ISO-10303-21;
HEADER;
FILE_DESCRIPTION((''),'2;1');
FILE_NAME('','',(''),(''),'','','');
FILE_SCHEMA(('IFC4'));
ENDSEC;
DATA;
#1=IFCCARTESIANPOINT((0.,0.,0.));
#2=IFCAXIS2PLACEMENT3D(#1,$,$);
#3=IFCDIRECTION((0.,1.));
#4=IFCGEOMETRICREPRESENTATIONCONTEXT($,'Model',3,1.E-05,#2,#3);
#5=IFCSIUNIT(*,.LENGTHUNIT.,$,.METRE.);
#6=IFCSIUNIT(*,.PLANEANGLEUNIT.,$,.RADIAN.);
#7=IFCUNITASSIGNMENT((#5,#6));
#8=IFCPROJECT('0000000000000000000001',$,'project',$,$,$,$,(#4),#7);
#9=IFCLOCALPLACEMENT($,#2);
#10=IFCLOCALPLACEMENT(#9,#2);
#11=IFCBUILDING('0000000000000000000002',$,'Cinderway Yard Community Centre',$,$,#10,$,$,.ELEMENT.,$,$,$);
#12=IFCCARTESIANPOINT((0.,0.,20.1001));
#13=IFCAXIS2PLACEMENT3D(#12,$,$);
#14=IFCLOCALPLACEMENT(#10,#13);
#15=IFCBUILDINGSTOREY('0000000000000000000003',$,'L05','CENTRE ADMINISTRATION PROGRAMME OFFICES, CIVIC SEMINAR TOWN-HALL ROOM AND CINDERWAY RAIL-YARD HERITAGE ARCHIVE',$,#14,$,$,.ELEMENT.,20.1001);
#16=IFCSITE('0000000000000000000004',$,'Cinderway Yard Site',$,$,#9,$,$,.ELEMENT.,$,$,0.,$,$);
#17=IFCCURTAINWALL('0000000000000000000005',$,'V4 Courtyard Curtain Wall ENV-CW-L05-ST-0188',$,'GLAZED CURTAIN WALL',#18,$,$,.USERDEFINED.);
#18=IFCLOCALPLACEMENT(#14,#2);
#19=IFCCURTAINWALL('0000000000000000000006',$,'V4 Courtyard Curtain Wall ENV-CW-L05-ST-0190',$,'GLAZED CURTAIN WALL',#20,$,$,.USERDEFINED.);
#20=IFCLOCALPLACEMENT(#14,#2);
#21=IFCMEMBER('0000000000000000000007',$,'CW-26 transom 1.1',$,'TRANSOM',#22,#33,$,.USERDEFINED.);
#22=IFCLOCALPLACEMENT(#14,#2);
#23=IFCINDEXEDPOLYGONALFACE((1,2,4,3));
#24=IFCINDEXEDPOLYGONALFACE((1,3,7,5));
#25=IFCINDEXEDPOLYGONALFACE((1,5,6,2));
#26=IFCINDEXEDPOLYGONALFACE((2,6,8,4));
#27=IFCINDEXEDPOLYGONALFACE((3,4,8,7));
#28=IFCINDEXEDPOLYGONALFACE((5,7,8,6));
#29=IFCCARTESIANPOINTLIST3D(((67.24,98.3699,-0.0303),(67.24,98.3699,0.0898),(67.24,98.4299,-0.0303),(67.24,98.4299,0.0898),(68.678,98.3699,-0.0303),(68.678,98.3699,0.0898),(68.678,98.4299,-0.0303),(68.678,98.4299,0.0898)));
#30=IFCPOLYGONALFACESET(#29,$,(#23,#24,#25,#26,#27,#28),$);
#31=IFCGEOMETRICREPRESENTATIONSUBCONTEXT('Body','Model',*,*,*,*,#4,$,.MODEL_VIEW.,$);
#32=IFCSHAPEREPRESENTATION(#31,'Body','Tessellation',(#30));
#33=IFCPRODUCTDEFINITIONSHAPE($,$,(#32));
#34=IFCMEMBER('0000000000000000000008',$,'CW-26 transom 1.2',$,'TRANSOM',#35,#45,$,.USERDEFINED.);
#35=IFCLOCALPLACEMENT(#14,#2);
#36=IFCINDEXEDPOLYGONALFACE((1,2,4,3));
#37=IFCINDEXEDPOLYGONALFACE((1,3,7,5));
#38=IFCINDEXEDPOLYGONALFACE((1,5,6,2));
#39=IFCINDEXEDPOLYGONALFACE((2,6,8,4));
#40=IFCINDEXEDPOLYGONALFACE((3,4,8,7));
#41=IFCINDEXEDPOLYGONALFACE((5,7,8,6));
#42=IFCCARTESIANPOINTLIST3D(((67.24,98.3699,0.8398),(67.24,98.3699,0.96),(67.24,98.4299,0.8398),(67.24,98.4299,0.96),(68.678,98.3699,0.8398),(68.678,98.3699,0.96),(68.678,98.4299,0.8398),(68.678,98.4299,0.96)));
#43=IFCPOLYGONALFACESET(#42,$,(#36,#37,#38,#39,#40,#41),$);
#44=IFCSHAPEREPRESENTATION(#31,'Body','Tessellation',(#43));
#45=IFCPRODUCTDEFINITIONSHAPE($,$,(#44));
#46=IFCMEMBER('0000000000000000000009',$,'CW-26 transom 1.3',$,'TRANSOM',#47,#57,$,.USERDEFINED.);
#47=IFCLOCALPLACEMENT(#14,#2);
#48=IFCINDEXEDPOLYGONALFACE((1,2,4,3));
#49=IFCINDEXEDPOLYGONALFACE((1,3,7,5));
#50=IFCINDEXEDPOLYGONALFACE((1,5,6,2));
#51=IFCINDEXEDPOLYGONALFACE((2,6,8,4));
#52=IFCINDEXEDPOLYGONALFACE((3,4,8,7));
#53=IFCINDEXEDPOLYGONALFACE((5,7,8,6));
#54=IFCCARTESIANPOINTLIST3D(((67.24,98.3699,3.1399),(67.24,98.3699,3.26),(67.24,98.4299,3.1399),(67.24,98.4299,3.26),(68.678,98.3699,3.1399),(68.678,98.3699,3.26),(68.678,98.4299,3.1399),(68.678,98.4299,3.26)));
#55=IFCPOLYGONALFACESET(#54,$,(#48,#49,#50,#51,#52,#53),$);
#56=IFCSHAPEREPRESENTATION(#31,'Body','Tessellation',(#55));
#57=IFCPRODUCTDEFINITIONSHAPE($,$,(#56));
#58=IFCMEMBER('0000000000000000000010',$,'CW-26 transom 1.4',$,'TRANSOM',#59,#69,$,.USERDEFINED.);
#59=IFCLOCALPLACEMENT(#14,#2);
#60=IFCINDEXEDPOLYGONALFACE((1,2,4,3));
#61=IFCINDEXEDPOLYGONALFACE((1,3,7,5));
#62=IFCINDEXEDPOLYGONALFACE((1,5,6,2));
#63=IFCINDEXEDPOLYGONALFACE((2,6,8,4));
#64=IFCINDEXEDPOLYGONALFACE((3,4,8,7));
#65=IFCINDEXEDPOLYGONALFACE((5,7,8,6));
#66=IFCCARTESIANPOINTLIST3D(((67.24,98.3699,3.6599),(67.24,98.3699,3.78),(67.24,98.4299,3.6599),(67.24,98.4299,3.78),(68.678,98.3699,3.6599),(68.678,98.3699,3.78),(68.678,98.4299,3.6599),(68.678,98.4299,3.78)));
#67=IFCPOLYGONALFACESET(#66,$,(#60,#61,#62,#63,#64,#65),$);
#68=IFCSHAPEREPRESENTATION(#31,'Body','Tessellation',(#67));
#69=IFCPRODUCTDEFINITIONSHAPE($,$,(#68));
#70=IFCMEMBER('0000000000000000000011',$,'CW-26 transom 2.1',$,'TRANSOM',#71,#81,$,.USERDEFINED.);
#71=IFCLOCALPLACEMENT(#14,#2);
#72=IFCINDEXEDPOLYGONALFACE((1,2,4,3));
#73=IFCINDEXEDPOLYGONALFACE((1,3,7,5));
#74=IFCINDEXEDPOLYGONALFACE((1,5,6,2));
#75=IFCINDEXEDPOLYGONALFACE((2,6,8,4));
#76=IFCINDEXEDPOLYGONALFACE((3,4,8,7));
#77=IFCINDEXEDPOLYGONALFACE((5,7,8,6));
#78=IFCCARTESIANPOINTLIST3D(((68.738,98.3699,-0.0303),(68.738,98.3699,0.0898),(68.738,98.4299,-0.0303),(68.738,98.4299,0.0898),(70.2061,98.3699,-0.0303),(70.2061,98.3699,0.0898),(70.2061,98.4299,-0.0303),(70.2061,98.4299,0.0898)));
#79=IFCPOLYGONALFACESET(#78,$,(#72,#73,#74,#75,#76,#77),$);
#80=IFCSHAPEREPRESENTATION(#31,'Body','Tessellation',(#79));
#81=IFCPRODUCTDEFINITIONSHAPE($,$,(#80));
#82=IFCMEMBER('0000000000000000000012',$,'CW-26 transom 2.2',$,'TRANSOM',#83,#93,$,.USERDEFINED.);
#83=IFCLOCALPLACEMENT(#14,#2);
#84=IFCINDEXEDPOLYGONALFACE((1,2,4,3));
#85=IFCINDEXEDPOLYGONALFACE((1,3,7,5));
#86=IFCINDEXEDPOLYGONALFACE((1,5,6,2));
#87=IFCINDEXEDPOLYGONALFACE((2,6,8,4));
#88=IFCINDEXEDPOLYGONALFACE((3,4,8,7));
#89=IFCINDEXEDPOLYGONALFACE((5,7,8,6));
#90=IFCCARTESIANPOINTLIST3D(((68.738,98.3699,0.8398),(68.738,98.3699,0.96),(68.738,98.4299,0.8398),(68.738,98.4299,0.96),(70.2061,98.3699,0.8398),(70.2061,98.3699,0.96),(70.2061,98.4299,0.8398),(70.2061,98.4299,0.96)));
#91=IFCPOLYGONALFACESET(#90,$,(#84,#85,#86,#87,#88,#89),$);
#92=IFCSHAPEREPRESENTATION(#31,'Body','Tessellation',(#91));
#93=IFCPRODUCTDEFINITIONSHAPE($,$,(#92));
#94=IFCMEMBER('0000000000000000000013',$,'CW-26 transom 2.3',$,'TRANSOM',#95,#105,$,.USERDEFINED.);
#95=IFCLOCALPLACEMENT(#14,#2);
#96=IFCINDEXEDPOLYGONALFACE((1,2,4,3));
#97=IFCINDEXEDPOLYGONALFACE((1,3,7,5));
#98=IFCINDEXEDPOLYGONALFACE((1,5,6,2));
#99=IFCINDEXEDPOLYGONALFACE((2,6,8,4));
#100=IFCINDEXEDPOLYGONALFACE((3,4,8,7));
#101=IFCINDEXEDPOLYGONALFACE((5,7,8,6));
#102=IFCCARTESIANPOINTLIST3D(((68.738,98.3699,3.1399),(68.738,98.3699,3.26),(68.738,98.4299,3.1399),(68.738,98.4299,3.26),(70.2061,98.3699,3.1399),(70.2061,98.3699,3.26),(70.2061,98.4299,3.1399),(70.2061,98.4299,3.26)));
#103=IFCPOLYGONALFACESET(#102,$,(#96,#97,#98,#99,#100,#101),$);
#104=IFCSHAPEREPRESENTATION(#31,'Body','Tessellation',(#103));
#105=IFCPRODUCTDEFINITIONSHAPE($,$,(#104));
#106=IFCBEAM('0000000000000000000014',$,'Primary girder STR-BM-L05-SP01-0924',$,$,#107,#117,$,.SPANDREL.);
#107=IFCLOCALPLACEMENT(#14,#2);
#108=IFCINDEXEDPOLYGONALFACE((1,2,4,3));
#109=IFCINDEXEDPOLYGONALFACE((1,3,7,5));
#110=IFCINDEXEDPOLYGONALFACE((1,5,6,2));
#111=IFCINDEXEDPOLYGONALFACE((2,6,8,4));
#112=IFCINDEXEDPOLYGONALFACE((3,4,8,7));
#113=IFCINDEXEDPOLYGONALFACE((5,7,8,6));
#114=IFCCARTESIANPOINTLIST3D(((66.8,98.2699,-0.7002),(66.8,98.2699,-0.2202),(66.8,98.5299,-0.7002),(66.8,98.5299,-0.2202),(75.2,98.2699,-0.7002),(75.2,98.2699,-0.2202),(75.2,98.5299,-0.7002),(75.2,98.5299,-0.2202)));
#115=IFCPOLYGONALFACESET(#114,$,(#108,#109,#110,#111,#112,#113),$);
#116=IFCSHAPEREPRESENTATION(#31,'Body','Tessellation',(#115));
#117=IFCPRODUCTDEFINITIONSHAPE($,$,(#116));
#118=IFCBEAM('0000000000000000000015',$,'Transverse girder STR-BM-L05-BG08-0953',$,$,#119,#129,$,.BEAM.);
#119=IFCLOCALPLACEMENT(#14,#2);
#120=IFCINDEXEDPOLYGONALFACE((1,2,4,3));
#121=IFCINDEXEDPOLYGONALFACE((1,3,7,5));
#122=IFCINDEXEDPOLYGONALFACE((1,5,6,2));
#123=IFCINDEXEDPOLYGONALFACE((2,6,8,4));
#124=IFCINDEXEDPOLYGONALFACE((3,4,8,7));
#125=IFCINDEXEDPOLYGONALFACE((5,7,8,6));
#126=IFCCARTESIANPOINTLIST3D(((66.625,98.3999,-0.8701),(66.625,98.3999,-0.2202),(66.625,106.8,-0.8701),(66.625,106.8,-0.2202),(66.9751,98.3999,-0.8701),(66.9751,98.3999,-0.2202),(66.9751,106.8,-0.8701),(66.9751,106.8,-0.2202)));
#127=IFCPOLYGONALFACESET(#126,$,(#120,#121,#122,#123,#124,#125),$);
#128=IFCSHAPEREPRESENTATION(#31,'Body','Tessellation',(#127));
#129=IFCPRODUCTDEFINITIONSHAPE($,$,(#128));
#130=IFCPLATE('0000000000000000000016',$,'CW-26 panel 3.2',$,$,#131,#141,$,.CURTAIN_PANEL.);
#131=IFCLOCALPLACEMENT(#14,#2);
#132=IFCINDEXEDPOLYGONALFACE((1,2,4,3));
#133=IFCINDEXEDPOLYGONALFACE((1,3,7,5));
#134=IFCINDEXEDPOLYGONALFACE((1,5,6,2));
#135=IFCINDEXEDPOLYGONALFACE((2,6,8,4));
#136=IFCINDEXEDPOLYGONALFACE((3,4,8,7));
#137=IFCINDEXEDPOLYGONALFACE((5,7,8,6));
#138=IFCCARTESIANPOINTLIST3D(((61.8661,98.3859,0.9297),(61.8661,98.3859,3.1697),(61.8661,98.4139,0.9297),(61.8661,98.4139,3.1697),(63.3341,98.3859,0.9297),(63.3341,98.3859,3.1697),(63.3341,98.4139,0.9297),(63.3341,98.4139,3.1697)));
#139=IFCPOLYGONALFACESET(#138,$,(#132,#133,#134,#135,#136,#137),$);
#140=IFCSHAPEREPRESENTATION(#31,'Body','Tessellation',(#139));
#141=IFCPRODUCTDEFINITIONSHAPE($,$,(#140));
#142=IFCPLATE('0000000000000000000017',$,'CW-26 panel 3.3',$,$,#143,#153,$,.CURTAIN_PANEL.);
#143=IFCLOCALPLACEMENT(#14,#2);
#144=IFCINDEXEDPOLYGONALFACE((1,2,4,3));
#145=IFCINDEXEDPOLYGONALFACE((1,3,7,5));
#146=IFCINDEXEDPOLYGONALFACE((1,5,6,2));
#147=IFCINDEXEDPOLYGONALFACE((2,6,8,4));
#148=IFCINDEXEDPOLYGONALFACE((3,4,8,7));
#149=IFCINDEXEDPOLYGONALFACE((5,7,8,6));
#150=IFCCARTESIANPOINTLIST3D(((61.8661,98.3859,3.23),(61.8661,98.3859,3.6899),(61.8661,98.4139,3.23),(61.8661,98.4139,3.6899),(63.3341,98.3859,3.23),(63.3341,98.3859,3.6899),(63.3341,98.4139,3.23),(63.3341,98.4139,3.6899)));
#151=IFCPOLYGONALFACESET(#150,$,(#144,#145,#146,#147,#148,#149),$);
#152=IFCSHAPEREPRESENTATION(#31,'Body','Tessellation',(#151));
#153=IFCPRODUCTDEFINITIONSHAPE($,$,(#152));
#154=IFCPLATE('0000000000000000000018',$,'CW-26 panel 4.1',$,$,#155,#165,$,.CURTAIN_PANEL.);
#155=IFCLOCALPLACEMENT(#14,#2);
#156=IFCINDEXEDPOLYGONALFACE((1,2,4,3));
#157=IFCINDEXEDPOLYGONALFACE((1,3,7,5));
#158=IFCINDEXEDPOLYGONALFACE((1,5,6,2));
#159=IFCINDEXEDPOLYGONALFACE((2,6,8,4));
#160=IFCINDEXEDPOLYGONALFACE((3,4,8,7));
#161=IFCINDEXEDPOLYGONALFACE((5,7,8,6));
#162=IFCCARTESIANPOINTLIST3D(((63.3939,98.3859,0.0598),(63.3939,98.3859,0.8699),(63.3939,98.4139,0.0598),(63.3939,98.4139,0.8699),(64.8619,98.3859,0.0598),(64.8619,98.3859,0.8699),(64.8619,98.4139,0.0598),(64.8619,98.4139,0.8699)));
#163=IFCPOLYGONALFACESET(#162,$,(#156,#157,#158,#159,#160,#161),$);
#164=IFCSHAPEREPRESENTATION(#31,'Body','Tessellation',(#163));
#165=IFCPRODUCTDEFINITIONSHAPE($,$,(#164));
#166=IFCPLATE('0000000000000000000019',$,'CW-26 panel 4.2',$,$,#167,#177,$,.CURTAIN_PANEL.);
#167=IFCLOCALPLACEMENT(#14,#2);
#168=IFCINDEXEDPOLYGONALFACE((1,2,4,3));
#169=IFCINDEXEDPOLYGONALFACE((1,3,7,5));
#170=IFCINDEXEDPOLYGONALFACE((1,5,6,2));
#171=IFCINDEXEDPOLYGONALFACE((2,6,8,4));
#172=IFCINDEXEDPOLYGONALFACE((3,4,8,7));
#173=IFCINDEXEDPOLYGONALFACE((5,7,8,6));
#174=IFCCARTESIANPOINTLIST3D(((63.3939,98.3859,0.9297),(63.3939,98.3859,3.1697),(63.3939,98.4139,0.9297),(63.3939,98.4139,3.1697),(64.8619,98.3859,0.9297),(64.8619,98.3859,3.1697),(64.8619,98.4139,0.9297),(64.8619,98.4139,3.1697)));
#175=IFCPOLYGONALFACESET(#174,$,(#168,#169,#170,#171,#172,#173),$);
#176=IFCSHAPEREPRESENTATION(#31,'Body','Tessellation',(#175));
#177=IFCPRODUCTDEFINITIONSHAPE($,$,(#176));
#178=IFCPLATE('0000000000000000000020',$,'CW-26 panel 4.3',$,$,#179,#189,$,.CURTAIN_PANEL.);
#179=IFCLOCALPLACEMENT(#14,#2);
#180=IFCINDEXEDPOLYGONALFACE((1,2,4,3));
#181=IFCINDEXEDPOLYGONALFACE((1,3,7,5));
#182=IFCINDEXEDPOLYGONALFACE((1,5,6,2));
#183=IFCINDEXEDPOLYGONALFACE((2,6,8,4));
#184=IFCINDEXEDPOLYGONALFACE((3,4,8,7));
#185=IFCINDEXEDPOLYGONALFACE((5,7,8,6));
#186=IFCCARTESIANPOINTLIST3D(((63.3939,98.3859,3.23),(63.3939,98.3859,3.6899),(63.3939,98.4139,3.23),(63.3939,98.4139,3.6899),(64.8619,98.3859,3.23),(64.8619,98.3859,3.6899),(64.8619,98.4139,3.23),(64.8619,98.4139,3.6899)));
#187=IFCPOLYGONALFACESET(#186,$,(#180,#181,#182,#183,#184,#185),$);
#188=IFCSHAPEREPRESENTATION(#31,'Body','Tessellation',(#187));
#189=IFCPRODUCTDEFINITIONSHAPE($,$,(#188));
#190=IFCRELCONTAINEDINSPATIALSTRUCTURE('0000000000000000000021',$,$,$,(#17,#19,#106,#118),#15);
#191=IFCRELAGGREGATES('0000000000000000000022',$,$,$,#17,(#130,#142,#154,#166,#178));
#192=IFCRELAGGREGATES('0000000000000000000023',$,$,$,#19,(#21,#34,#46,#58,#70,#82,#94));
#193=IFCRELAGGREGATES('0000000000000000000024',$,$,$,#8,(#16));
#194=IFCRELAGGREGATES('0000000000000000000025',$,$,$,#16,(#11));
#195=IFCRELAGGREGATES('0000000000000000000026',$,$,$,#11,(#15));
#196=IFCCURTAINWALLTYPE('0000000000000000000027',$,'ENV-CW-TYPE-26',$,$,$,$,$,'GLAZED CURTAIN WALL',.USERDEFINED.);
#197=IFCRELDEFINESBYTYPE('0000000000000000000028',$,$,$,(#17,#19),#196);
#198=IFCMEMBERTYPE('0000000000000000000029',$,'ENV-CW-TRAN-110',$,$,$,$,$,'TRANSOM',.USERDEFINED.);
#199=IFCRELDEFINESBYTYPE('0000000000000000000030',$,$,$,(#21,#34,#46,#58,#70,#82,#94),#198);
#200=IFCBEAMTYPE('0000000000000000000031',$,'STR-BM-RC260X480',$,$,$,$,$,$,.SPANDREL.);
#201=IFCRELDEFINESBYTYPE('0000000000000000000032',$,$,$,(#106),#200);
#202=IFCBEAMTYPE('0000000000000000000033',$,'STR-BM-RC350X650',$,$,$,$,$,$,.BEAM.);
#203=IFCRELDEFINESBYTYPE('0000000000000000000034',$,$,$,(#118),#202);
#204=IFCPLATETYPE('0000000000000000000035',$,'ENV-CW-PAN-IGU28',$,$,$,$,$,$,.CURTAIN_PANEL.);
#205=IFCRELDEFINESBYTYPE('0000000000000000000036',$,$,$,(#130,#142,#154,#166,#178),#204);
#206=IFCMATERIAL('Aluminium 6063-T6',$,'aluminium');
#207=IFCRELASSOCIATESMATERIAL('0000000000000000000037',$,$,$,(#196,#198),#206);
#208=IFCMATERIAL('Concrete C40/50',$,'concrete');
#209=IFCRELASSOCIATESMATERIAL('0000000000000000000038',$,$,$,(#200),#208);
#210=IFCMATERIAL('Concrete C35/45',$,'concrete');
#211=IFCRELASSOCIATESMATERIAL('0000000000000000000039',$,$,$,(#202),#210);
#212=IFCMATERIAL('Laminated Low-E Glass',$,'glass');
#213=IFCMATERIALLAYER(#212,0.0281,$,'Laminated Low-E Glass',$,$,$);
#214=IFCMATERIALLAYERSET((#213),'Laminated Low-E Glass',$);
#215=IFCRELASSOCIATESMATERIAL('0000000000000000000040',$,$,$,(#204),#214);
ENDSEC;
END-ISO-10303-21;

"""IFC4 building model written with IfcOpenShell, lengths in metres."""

from ifc_helpers import new_model, si_unit, direction, frame, origin, origin_2d, place, context, subcontext, project, spatial, rectangle, extrude, material, layer, layer_set, material_profile, profile_set, type_object, element, aggregate, save


model = new_model("IFC4")

# Units and contexts
model_context = context("Model", 3, precision=1e-05, world=origin(), true_north=direction((0.0, 1.0)))
body_context = subcontext(model_context, "Body", "Model", "MODEL_VIEW")
ifc_project = project(units=[si_unit("LENGTHUNIT", "METRE"), si_unit("PLANEANGLEUNIT", "RADIAN")], contexts=[model_context])

# Site, building, storey
site_placement = place(None, origin())
site = spatial("IfcSite", under=ifc_project, at=site_placement, Name="Cinderway Yard Site", CompositionType="ELEMENT", RefElevation=0.0)
building_placement = place(site_placement, origin())
building = spatial("IfcBuilding", under=site, at=building_placement, Name="Cinderway Yard Community Centre", CompositionType="ELEMENT")
storey_placement = place(building_placement, frame((0.0, 0.0, 20.1001)))
storey = spatial("IfcBuildingStorey", under=building, at=storey_placement, Name="L05", Description="CENTRE ADMINISTRATION PROGRAMME OFFICES, CIVIC SEMINAR TOWN-HALL ROOM AND CINDERWAY RAIL-YARD HERITAGE ARCHIVE", CompositionType="ELEMENT", Elevation=20.1001)

# Shared definitions
ifc_material_1 = material(Name="Concrete C40/50", Category="concrete")

# Curtain walls
ifc_material_2 = material(Name="Aluminium 6063-T6", Category="aluminium")
curtain_wall_type = type_object("IfcCurtainWallType", Name="ENV-CW-TYPE-26", ElementType="GLAZED CURTAIN WALL", PredefinedType="USERDEFINED", material=ifc_material_2)
curtain_wall_1_placement = place(storey_placement, origin())
curtain_wall_1 = element("IfcCurtainWall", 1, at=curtain_wall_1_placement, inside=storey, type_object=curtain_wall_type, Name="V4 Courtyard Curtain Wall ENV-CW-L05-ST-0188", ObjectType="GLAZED CURTAIN WALL", PredefinedType="USERDEFINED")
curtain_wall_2_placement = place(storey_placement, origin())
curtain_wall_2 = element("IfcCurtainWall", 2, at=curtain_wall_2_placement, inside=storey, type_object=curtain_wall_type, Name="V4 Courtyard Curtain Wall ENV-CW-L05-ST-0190", ObjectType="GLAZED CURTAIN WALL", PredefinedType="USERDEFINED")

# Members
ifc_material_profile_1 = material_profile(ifc_material_2, rectangle(XDim=0.0601, YDim=0.1201, at=origin_2d()), Name="Aluminium 6063-T6")
ifc_profile_set_1 = profile_set([ifc_material_profile_1], Name="Aluminium 6063-T6")
member_type_1 = type_object("IfcMemberType", Name="ENV-CW-TRAN-110", ElementType="TRANSOM", PredefinedType="USERDEFINED", material=ifc_profile_set_1)
member_1_placement = place(storey_placement, frame((67.24, 98.3999, 0.0298), z_axis=(1.0, 0.0, 0.0), x_axis=(0.0, 1.0, 0.0)))
member_1 = element("IfcMember", 3, at=member_1_placement, type_object=member_type_1, Name="CW-26 transom 1.1", ObjectType="TRANSOM", PredefinedType="USERDEFINED", context=body_context, shape_type="SweptSolid", body=[
    extrude(rectangle(XDim=0.0601, YDim=0.1201, at=origin_2d()), origin(), (0.0, 0.0, 1.0), 1.438),
])
member_2_placement = place(storey_placement, frame((67.24, 98.3999, 0.8999), z_axis=(1.0, 0.0, 0.0), x_axis=(0.0, 1.0, 0.0)))
member_2 = element("IfcMember", 4, at=member_2_placement, type_object=member_type_1, Name="CW-26 transom 1.2", ObjectType="TRANSOM", PredefinedType="USERDEFINED", context=body_context, shape_type="SweptSolid", body=[
    extrude(rectangle(XDim=0.0601, YDim=0.1201, at=origin_2d()), origin(), (0.0, 0.0, 1.0), 1.438),
])
member_3_placement = place(storey_placement, frame((67.24, 98.3999, 3.2), z_axis=(1.0, 0.0, 0.0), x_axis=(0.0, 1.0, 0.0)))
member_3 = element("IfcMember", 5, at=member_3_placement, type_object=member_type_1, Name="CW-26 transom 1.3", ObjectType="TRANSOM", PredefinedType="USERDEFINED", context=body_context, shape_type="SweptSolid", body=[
    extrude(rectangle(XDim=0.0601, YDim=0.1201, at=origin_2d()), origin(), (0.0, 0.0, 1.0), 1.438),
])
member_4_placement = place(storey_placement, frame((67.24, 98.3999, 3.72), z_axis=(1.0, 0.0, 0.0), x_axis=(0.0, 1.0, 0.0)))
member_4 = element("IfcMember", 6, at=member_4_placement, type_object=member_type_1, Name="CW-26 transom 1.4", ObjectType="TRANSOM", PredefinedType="USERDEFINED", context=body_context, shape_type="SweptSolid", body=[
    extrude(rectangle(XDim=0.0601, YDim=0.1201, at=origin_2d()), origin(), (0.0, 0.0, 1.0), 1.438),
])
member_5_placement = place(storey_placement, frame((68.738, 98.3999, 0.0298), z_axis=(1.0, 0.0, 0.0), x_axis=(0.0, 1.0, 0.0)))
member_5 = element("IfcMember", 7, at=member_5_placement, type_object=member_type_1, Name="CW-26 transom 2.1", ObjectType="TRANSOM", PredefinedType="USERDEFINED", context=body_context, shape_type="SweptSolid", body=[
    extrude(rectangle(XDim=0.0601, YDim=0.1201, at=origin_2d()), origin(), (0.0, 0.0, 1.0), 1.468),
])
member_6_placement = place(storey_placement, frame((68.738, 98.3999, 0.8999), z_axis=(1.0, 0.0, 0.0), x_axis=(0.0, 1.0, 0.0)))
member_6 = element("IfcMember", 8, at=member_6_placement, type_object=member_type_1, Name="CW-26 transom 2.2", ObjectType="TRANSOM", PredefinedType="USERDEFINED", context=body_context, shape_type="SweptSolid", body=[
    extrude(rectangle(XDim=0.0601, YDim=0.1201, at=origin_2d()), origin(), (0.0, 0.0, 1.0), 1.468),
])
member_7_placement = place(storey_placement, frame((68.738, 98.3999, 3.2), z_axis=(1.0, 0.0, 0.0), x_axis=(0.0, 1.0, 0.0)))
member_7 = element("IfcMember", 9, at=member_7_placement, type_object=member_type_1, Name="CW-26 transom 2.3", ObjectType="TRANSOM", PredefinedType="USERDEFINED", context=body_context, shape_type="SweptSolid", body=[
    extrude(rectangle(XDim=0.0601, YDim=0.1201, at=origin_2d()), origin(), (0.0, 0.0, 1.0), 1.468),
])

# Beams
ifc_material_profile_2 = material_profile(ifc_material_1, rectangle(XDim=0.26, YDim=0.48, at=origin_2d()), Name="Concrete C40/50")
ifc_profile_set_2 = profile_set([ifc_material_profile_2], Name="Concrete C40/50")
beam_type_1 = type_object("IfcBeamType", Name="STR-BM-RC260X480", PredefinedType="SPANDREL", material=ifc_profile_set_2)
beam_1_placement = place(storey_placement, frame((66.8, 98.3999, -0.4602), z_axis=(1.0, 0.0, 0.0), x_axis=(0.0, 1.0, 0.0)))
element("IfcBeam", 10, at=beam_1_placement, inside=storey, type_object=beam_type_1, Name="Primary girder STR-BM-L05-SP01-0924", PredefinedType="SPANDREL", context=body_context, shape_type="SweptSolid", body=[
    extrude(rectangle(XDim=0.26, YDim=0.48, at=origin_2d()), origin(), (0.0, 0.0, 1.0), 8.3999),
])
ifc_material_3 = material(Name="Concrete C35/45", Category="concrete")
ifc_material_profile_3 = material_profile(ifc_material_3, rectangle(XDim=0.3501, YDim=0.6499, at=origin_2d()), Name="Concrete C35/45")
ifc_profile_set_3 = profile_set([ifc_material_profile_3], Name="Concrete C35/45")
beam_type_2 = type_object("IfcBeamType", Name="STR-BM-RC350X650", PredefinedType="BEAM", material=ifc_profile_set_3)
beam_2_placement = place(storey_placement, frame((66.8, 98.3999, -0.5452), z_axis=(0.0, 1.0, 0.0), x_axis=(-1.0, 0.0, 0.0)))
element("IfcBeam", 11, at=beam_2_placement, inside=storey, type_object=beam_type_2, Name="Transverse girder STR-BM-L05-BG08-0953", PredefinedType="BEAM", context=body_context, shape_type="SweptSolid", body=[
    extrude(rectangle(XDim=0.3501, YDim=0.6499, at=origin_2d()), origin(), (0.0, 0.0, 1.0), 8.4001),
])

# Plates
ifc_material_4 = material(Name="Laminated Low-E Glass", Category="glass")
ifc_layer = layer(ifc_material_4, 0.0281, Name="Laminated Low-E Glass")
ifc_layer_set = layer_set([ifc_layer], Name="Laminated Low-E Glass")
plate_type = type_object("IfcPlateType", Name="ENV-CW-PAN-IGU28", PredefinedType="CURTAIN_PANEL", material=ifc_layer_set)
plate_1_placement = place(storey_placement, frame((62.6001, 98.3999, 0.9297), z_axis=(0.0, 0.0, 1.0), x_axis=(1.0, 0.0, 0.0)))
plate_1 = element("IfcPlate", 12, at=plate_1_placement, type_object=plate_type, Name="CW-26 panel 3.2", PredefinedType="CURTAIN_PANEL", context=body_context, shape_type="SweptSolid", body=[
    extrude(rectangle(XDim=1.468, YDim=0.0281, at=origin_2d()), origin(), (0.0, 0.0, 1.0), 2.24),
])
plate_2_placement = place(storey_placement, frame((62.6001, 98.3999, 3.23), z_axis=(0.0, 0.0, 1.0), x_axis=(1.0, 0.0, 0.0)))
plate_2 = element("IfcPlate", 13, at=plate_2_placement, type_object=plate_type, Name="CW-26 panel 3.3", PredefinedType="CURTAIN_PANEL", context=body_context, shape_type="SweptSolid", body=[
    extrude(rectangle(XDim=1.468, YDim=0.0281, at=origin_2d()), origin(), (0.0, 0.0, 1.0), 0.46),
])
plate_3_placement = place(storey_placement, frame((64.1279, 98.3999, 0.0598), z_axis=(0.0, 0.0, 1.0), x_axis=(1.0, 0.0, 0.0)))
plate_3 = element("IfcPlate", 14, at=plate_3_placement, type_object=plate_type, Name="CW-26 panel 4.1", PredefinedType="CURTAIN_PANEL", context=body_context, shape_type="SweptSolid", body=[
    extrude(rectangle(XDim=1.468, YDim=0.0281, at=origin_2d()), origin(), (0.0, 0.0, 1.0), 0.8101),
])
plate_4_placement = place(storey_placement, frame((64.1279, 98.3999, 0.9297), z_axis=(0.0, 0.0, 1.0), x_axis=(1.0, 0.0, 0.0)))
plate_4 = element("IfcPlate", 15, at=plate_4_placement, type_object=plate_type, Name="CW-26 panel 4.2", PredefinedType="CURTAIN_PANEL", context=body_context, shape_type="SweptSolid", body=[
    extrude(rectangle(XDim=1.468, YDim=0.0281, at=origin_2d()), origin(), (0.0, 0.0, 1.0), 2.24),
])
plate_5_placement = place(storey_placement, frame((64.1279, 98.3999, 3.23), z_axis=(0.0, 0.0, 1.0), x_axis=(1.0, 0.0, 0.0)))
plate_5 = element("IfcPlate", 16, at=plate_5_placement, type_object=plate_type, Name="CW-26 panel 4.3", PredefinedType="CURTAIN_PANEL", context=body_context, shape_type="SweptSolid", body=[
    extrude(rectangle(XDim=1.468, YDim=0.0281, at=origin_2d()), origin(), (0.0, 0.0, 1.0), 0.46),
])
aggregate(curtain_wall_1, [plate_1, plate_2, plate_3, plate_4, plate_5])
aggregate(curtain_wall_2, [member_1, member_2, member_3, member_4, member_5, member_6, member_7])

save(model, "model.ifc")
